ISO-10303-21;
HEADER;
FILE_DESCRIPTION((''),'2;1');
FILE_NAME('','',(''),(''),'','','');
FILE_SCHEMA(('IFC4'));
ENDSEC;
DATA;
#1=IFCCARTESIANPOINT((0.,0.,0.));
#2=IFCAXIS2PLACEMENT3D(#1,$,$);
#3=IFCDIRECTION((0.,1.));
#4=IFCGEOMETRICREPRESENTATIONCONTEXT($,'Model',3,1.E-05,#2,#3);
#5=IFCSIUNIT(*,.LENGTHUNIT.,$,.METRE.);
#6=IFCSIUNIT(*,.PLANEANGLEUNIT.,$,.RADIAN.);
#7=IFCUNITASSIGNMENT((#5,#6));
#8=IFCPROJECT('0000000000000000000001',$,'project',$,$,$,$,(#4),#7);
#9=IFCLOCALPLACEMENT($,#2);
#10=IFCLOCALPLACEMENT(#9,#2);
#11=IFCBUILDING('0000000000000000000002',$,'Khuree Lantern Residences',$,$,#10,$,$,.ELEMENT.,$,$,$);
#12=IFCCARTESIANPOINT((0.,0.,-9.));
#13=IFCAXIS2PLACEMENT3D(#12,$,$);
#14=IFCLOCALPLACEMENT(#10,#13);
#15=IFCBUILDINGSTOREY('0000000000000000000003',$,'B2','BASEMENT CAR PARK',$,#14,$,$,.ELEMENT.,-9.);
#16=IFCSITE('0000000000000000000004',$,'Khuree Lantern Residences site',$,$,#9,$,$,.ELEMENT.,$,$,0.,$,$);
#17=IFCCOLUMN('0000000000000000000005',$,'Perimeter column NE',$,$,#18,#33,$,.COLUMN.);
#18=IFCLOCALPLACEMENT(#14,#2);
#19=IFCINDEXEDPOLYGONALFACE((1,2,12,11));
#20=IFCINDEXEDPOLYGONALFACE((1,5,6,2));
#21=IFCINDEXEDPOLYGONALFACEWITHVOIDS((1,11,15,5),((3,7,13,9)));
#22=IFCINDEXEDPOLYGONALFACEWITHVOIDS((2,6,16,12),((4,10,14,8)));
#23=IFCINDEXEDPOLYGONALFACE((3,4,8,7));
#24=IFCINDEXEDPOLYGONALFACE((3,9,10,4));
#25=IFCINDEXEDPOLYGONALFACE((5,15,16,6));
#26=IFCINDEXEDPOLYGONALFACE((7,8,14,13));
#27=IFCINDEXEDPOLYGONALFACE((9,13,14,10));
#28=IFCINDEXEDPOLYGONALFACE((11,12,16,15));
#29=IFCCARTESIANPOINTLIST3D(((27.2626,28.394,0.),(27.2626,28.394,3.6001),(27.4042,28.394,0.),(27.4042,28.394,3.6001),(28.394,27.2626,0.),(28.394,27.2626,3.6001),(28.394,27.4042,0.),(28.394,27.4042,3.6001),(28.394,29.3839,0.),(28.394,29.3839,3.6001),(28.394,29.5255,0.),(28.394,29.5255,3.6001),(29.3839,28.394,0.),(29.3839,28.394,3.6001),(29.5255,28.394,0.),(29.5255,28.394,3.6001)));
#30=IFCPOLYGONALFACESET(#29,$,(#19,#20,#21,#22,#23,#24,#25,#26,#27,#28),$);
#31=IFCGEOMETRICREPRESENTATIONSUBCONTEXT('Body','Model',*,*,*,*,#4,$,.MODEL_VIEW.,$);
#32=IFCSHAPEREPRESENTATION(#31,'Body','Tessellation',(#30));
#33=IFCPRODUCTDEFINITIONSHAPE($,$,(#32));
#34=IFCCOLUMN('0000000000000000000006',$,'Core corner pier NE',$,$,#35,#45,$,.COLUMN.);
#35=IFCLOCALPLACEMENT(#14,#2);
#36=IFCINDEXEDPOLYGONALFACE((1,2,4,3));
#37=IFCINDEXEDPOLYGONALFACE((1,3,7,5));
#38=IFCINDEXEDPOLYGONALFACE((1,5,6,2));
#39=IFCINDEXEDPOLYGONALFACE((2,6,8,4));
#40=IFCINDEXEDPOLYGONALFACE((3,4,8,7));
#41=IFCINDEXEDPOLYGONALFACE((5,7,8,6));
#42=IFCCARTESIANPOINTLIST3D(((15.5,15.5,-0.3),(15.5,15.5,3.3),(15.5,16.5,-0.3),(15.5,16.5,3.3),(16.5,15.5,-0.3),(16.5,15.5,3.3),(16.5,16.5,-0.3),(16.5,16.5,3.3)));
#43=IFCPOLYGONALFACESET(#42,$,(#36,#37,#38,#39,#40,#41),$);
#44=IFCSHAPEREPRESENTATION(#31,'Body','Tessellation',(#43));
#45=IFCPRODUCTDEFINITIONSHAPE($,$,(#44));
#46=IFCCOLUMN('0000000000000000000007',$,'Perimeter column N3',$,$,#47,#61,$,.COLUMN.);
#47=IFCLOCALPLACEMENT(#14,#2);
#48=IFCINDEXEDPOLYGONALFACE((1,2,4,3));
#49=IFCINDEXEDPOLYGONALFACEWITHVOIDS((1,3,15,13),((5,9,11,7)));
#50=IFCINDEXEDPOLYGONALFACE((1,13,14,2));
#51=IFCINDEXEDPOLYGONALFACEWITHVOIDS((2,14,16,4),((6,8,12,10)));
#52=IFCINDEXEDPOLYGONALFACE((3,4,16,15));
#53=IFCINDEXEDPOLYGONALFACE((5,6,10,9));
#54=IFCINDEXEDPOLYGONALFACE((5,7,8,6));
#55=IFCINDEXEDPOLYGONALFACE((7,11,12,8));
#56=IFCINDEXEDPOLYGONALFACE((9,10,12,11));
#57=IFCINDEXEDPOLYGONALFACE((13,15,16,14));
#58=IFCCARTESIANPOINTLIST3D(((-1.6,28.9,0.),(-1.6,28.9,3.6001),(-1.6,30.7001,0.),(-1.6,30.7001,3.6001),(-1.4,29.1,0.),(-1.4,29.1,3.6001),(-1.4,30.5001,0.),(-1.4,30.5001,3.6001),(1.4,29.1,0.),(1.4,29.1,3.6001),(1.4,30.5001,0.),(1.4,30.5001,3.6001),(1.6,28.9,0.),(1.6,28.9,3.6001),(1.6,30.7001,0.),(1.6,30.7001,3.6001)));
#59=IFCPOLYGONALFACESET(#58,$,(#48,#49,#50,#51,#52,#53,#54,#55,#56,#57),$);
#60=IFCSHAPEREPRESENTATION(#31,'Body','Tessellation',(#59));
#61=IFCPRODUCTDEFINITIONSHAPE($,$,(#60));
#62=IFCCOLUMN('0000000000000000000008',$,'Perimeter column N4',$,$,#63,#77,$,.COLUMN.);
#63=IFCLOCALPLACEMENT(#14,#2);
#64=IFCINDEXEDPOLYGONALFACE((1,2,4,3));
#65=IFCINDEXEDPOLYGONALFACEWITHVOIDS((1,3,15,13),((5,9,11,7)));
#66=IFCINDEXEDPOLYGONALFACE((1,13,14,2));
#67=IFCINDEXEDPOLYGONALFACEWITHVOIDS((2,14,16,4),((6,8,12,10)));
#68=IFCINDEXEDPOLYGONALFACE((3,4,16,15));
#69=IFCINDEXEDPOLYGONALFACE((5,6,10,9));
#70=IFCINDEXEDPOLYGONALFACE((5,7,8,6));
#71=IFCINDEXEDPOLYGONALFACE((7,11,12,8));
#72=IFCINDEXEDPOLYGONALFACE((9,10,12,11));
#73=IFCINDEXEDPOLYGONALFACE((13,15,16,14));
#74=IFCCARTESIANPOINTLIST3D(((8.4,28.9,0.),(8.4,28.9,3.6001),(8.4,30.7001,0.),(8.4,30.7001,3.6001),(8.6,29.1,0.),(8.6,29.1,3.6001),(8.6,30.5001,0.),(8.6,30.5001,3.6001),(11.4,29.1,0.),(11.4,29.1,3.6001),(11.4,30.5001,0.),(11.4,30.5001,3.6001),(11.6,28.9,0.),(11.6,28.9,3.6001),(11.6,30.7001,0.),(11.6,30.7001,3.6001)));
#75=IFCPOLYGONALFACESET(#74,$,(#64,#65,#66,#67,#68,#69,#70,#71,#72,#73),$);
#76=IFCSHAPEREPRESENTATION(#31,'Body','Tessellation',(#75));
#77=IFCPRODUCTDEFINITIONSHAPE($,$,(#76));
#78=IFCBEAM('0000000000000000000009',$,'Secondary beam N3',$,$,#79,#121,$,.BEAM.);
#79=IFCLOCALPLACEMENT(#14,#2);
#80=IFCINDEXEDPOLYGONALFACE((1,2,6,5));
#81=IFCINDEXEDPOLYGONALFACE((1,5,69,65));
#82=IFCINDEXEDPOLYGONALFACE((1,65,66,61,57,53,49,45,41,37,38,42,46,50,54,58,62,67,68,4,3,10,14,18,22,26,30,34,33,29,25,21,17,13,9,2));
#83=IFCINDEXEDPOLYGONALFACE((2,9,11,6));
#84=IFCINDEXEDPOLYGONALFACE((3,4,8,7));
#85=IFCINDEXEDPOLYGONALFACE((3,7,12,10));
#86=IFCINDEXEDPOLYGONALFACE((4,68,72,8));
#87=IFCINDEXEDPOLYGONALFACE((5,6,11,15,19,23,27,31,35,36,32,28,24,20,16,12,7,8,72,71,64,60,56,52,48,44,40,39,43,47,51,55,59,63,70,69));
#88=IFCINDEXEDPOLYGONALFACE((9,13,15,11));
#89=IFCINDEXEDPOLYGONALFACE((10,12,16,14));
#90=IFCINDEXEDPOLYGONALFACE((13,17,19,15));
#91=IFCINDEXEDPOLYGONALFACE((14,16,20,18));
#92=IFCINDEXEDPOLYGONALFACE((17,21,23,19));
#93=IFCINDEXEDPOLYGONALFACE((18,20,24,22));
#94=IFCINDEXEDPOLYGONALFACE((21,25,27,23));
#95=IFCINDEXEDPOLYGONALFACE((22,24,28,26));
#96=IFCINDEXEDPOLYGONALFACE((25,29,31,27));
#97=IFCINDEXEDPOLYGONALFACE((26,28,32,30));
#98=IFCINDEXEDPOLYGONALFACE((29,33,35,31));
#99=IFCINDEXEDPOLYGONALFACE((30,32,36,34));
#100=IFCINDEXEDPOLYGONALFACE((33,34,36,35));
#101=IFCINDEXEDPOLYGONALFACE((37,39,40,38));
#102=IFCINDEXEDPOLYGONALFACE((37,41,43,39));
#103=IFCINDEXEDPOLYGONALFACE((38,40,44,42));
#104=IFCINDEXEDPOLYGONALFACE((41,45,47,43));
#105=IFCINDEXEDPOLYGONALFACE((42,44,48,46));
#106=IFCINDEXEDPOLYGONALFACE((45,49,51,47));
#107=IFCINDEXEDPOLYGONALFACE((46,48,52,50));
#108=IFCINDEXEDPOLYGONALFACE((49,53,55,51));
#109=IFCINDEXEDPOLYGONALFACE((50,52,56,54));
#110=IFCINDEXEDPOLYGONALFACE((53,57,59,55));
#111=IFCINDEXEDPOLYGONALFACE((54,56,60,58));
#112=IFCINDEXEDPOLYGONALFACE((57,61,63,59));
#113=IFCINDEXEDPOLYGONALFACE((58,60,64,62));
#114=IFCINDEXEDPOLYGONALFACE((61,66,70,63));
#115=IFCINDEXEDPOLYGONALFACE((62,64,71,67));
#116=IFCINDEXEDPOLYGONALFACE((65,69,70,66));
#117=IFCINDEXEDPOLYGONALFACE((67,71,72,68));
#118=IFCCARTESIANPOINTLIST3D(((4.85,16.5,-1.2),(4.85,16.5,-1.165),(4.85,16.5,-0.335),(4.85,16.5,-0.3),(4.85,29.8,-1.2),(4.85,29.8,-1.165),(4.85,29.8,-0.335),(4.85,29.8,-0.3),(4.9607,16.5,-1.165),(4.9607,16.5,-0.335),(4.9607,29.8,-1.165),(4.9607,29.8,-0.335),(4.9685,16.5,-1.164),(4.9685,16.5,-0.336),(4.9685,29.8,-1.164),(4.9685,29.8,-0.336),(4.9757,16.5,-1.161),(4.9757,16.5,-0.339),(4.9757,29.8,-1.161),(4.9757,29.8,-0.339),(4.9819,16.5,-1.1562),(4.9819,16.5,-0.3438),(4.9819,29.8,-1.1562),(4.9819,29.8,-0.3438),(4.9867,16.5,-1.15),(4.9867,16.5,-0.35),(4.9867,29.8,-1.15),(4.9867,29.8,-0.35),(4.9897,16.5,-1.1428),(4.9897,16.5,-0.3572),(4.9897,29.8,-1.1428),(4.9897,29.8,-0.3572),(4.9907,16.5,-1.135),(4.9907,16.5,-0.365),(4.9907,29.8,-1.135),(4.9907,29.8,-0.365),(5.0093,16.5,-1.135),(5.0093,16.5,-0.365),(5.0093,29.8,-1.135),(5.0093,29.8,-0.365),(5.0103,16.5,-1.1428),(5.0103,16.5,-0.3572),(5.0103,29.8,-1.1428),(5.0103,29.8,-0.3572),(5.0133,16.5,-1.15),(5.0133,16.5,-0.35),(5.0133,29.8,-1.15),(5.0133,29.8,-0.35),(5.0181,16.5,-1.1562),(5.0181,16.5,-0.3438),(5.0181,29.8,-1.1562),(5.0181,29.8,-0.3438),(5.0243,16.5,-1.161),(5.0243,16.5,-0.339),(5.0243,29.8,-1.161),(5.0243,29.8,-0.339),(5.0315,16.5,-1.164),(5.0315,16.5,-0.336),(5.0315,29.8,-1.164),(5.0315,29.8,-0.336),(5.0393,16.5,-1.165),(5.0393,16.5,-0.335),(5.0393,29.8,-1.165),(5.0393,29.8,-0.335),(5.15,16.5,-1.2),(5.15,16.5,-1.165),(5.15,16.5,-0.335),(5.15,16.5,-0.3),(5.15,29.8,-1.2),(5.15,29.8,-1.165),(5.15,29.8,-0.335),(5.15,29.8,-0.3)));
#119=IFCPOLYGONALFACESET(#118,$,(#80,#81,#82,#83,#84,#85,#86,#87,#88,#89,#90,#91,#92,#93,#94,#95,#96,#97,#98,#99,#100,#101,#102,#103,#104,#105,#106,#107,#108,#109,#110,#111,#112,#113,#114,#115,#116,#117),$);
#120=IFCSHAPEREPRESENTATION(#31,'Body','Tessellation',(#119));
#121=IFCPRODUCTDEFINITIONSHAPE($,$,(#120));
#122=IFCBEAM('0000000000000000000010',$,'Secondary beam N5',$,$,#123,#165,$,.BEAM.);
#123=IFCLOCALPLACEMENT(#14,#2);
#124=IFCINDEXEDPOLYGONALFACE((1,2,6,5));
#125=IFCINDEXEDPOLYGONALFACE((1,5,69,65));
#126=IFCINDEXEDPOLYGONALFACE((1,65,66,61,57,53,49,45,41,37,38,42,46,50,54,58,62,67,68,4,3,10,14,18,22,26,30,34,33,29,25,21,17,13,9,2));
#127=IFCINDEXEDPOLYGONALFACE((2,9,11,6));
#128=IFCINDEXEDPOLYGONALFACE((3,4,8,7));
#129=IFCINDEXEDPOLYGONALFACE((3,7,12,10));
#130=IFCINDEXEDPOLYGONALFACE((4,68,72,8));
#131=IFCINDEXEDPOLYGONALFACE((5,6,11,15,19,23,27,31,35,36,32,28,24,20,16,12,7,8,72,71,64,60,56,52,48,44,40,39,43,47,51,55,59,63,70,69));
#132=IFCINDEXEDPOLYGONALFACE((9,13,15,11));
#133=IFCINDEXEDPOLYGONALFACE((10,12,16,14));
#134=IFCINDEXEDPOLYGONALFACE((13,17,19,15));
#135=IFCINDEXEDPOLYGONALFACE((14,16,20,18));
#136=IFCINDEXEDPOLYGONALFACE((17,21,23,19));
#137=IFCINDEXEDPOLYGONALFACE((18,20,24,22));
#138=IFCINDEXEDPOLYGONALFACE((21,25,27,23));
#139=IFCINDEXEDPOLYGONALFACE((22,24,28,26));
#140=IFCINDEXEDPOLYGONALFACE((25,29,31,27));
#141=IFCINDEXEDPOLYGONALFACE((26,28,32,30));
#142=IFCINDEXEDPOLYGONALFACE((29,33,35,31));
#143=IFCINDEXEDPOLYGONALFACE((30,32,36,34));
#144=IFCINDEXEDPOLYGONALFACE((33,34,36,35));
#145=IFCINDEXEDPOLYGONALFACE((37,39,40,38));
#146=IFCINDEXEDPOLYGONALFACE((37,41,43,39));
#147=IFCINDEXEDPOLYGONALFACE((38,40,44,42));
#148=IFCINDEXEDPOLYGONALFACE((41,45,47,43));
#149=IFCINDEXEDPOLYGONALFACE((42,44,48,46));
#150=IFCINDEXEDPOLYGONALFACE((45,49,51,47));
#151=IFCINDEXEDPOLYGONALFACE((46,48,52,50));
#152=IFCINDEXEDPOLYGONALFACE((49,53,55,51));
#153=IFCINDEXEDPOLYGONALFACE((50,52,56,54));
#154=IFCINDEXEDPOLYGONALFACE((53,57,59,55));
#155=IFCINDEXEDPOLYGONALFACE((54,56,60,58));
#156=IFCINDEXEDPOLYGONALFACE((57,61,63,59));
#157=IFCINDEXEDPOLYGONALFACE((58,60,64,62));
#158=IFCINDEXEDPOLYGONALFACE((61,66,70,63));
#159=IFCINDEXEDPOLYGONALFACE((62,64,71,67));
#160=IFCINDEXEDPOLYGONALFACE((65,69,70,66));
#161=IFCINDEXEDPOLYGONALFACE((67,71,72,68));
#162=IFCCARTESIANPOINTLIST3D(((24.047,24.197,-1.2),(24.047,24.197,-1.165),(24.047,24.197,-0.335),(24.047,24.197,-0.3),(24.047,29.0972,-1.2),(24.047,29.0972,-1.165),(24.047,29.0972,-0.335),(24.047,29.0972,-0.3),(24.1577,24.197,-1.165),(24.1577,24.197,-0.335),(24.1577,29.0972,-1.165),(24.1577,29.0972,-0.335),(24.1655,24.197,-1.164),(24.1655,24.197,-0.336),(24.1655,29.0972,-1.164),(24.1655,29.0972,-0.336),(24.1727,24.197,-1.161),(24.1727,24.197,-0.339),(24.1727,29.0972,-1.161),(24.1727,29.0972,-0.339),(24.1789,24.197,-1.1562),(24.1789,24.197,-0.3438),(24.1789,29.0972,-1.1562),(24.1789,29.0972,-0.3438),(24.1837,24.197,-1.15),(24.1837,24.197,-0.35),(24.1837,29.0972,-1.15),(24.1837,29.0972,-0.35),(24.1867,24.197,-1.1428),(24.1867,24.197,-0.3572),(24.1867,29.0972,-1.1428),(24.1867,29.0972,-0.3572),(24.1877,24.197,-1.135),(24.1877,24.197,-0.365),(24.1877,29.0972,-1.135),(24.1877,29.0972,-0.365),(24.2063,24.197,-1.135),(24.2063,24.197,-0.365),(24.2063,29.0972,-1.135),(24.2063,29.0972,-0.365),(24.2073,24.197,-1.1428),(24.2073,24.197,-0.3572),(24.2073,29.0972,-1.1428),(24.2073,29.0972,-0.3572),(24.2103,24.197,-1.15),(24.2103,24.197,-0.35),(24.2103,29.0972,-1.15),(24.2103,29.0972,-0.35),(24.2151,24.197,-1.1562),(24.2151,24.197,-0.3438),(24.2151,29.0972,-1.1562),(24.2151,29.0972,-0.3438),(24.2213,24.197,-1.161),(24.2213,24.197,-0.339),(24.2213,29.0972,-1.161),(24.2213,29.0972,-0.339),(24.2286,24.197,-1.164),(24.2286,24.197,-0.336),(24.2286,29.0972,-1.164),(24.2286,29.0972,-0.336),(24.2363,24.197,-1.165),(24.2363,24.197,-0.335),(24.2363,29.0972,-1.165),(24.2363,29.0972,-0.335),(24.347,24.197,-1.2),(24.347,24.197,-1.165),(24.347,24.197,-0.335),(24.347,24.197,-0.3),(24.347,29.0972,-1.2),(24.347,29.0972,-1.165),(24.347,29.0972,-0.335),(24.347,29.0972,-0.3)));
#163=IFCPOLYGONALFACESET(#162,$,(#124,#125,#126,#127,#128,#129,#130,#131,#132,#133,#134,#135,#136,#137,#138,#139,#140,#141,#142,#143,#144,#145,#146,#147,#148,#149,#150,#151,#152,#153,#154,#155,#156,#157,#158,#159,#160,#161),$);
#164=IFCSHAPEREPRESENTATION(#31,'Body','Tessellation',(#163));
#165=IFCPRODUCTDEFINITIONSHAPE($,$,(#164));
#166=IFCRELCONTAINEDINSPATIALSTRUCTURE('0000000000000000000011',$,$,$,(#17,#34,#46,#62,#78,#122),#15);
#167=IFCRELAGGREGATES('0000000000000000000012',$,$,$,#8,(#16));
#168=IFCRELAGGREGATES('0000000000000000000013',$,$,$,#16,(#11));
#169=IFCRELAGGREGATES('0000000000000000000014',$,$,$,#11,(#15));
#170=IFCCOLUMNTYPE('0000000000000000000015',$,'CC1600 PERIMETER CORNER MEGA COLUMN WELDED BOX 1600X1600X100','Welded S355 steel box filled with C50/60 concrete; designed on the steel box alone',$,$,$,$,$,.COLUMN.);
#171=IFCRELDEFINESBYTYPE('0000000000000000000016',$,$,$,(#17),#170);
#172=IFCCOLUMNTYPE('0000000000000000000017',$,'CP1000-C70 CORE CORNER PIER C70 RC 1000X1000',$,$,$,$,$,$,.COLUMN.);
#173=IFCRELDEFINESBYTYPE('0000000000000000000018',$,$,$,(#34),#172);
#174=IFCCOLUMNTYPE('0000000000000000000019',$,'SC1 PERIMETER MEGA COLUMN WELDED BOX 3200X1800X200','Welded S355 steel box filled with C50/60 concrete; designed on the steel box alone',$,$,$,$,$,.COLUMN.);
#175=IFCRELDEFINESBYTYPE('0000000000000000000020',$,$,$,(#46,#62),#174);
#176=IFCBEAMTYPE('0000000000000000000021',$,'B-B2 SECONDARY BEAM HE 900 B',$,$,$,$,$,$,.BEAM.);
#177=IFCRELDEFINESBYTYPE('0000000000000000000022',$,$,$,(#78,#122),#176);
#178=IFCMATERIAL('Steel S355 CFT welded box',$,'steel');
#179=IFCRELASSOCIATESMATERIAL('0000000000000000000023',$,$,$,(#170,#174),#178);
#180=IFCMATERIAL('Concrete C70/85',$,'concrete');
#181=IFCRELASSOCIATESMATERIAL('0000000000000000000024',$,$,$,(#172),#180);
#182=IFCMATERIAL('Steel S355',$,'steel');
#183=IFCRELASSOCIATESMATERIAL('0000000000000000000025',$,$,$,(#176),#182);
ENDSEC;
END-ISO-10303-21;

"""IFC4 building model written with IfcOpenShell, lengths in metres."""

from ifc_helpers import new_model, si_unit, direction, frame, origin, origin_2d, place, context, subcontext, project, spatial, rectangle, hollow_rectangle, i_section, extrude, material, material_profile, profile_set, type_object, element, save


model = new_model("IFC4")

# Units and contexts
model_context = context("Model", 3, precision=1e-05, world=origin(), true_north=direction((0.0, 1.0)))
body_context = subcontext(model_context, "Body", "Model", "MODEL_VIEW")
ifc_project = project(units=[si_unit("LENGTHUNIT", "METRE"), si_unit("PLANEANGLEUNIT", "RADIAN")], contexts=[model_context])

# Site, building, storey
site_placement = place(None, origin())
site = spatial("IfcSite", under=ifc_project, at=site_placement, Name="Khuree Lantern Residences site", CompositionType="ELEMENT", RefElevation=0.0)
building_placement = place(site_placement, origin())
building = spatial("IfcBuilding", under=site, at=building_placement, Name="Khuree Lantern Residences", CompositionType="ELEMENT")
storey_placement = place(building_placement, frame((0.0, 0.0, -9.0)))
storey = spatial("IfcBuildingStorey", under=building, at=storey_placement, Name="B2", Description="BASEMENT CAR PARK", CompositionType="ELEMENT", Elevation=-9.0)

# Columns
ifc_material_1 = material(Name="Steel S355 CFT welded box", Category="steel")
ifc_material_profile_1 = material_profile(ifc_material_1, hollow_rectangle(XDim=1.6001, YDim=1.6001, WallThickness=0.1001, at=origin_2d()), Name="WELDED BOX 1600X1600X100")
ifc_profile_set_1 = profile_set([ifc_material_profile_1], Name="Steel S355 CFT welded box")
column_type_1 = type_object("IfcColumnType", Name="CC1600 PERIMETER CORNER MEGA COLUMN WELDED BOX 1600X1600X100", Description="Welded S355 steel box filled with C50/60 concrete; designed on the steel box alone", PredefinedType="COLUMN", material=ifc_profile_set_1)
column_1_placement = place(storey_placement, frame((28.394, 28.394, 0.0), z_axis=(0.0, 0.0, 1.0), x_axis=(0.707107, -0.707107, 0.0)))
element("IfcColumn", 1, at=column_1_placement, inside=storey, type_object=column_type_1, Name="Perimeter column NE", PredefinedType="COLUMN", context=body_context, shape_type="SweptSolid", body=[
    extrude(hollow_rectangle(XDim=1.6001, YDim=1.6001, WallThickness=0.1001, at=origin_2d()), origin(), (0.0, 0.0, 1.0), 3.6001),
])
ifc_material_2 = material(Name="Concrete C70/85", Category="concrete")
ifc_material_profile_2 = material_profile(ifc_material_2, rectangle(XDim=1.0, YDim=1.0, at=origin_2d()), Name="RC 1000X1000")
ifc_profile_set_2 = profile_set([ifc_material_profile_2], Name="Concrete C70/85")
column_type_2 = type_object("IfcColumnType", Name="CP1000-C70 CORE CORNER PIER C70 RC 1000X1000", PredefinedType="COLUMN", material=ifc_profile_set_2)
column_2_placement = place(storey_placement, frame((16.0, 16.0, -0.3), z_axis=(0.0, 0.0, 1.0), x_axis=(1.0, 0.0, 0.0)))
element("IfcColumn", 2, at=column_2_placement, inside=storey, type_object=column_type_2, Name="Core corner pier NE", PredefinedType="COLUMN", context=body_context, shape_type="SweptSolid", body=[
    extrude(rectangle(XDim=1.0, YDim=1.0, at=origin_2d()), origin(), (0.0, 0.0, 1.0), 3.6001),
])
ifc_material_profile_3 = material_profile(ifc_material_1, hollow_rectangle(XDim=3.2, YDim=1.8, WallThickness=0.2, at=origin_2d()), Name="WELDED BOX 3200X1800X200")
ifc_profile_set_3 = profile_set([ifc_material_profile_3], Name="Steel S355 CFT welded box")
column_type_3 = type_object("IfcColumnType", Name="SC1 PERIMETER MEGA COLUMN WELDED BOX 3200X1800X200", Description="Welded S355 steel box filled with C50/60 concrete; designed on the steel box alone", PredefinedType="COLUMN", material=ifc_profile_set_3)
for number, where, z_axis, x_axis, name in (
    (3, (0.0, 29.8, 0.0), (0.0, 0.0, 1.0), (1.0, 0.0, 0.0), "Perimeter column N3"),
    (4, (10.0, 29.8, 0.0), (0.0, 0.0, 1.0), (1.0, 0.0, 0.0), "Perimeter column N4"),
):
    element("IfcColumn", number, at=place(storey_placement, frame(where, z_axis=z_axis, x_axis=x_axis)), inside=storey, type_object=column_type_3, Name=name, PredefinedType="COLUMN", context=body_context, shape_type="SweptSolid", body=[
        extrude(hollow_rectangle(XDim=3.2, YDim=1.8, WallThickness=0.2, at=origin_2d()), origin(), (0.0, 0.0, 1.0), 3.6001),
    ])

# Beams
ifc_material_3 = material(Name="Steel S355", Category="steel")
ifc_material_profile_4 = material_profile(ifc_material_3, i_section(OverallWidth=0.3, OverallDepth=0.8999, WebThickness=0.0186, FlangeThickness=0.0349, FilletRadius=0.03, at=origin_2d()), Name="HE 900 B")
ifc_profile_set_4 = profile_set([ifc_material_profile_4], Name="Steel S355")
beam_type_1 = type_object("IfcBeamType", Name="B-B2 SECONDARY BEAM HE 900 B", PredefinedType="BEAM", material=ifc_profile_set_4)
beam_1_placement = place(storey_placement, frame((5.0, 29.8, -0.75), z_axis=(0.0, -1.0, 0.0), x_axis=(1.0, 0.0, 0.0)))
element("IfcBeam", 5, at=beam_1_placement, inside=storey, type_object=beam_type_1, Name="Secondary beam N3", PredefinedType="BEAM", context=body_context, shape_type="SweptSolid", body=[
    extrude(i_section(OverallWidth=0.3, OverallDepth=0.8999, WebThickness=0.0186, FlangeThickness=0.0349, FilletRadius=0.03, at=origin_2d()), origin(), (0.0, 0.0, 1.0), 13.3),
])
beam_2_placement = place(storey_placement, frame((24.197, 29.0972, -0.75), z_axis=(0.0, -1.0, 0.0), x_axis=(1.0, 0.0, 0.0)))
element("IfcBeam", 6, at=beam_2_placement, inside=storey, type_object=beam_type_1, Name="Secondary beam N5", PredefinedType="BEAM", context=body_context, shape_type="SweptSolid", body=[
    extrude(i_section(OverallWidth=0.3, OverallDepth=0.8999, WebThickness=0.0186, FlangeThickness=0.0349, FilletRadius=0.03, at=origin_2d()), origin(), (0.0, 0.0, 1.0), 4.9001),
])

save(model, "model.ifc")
